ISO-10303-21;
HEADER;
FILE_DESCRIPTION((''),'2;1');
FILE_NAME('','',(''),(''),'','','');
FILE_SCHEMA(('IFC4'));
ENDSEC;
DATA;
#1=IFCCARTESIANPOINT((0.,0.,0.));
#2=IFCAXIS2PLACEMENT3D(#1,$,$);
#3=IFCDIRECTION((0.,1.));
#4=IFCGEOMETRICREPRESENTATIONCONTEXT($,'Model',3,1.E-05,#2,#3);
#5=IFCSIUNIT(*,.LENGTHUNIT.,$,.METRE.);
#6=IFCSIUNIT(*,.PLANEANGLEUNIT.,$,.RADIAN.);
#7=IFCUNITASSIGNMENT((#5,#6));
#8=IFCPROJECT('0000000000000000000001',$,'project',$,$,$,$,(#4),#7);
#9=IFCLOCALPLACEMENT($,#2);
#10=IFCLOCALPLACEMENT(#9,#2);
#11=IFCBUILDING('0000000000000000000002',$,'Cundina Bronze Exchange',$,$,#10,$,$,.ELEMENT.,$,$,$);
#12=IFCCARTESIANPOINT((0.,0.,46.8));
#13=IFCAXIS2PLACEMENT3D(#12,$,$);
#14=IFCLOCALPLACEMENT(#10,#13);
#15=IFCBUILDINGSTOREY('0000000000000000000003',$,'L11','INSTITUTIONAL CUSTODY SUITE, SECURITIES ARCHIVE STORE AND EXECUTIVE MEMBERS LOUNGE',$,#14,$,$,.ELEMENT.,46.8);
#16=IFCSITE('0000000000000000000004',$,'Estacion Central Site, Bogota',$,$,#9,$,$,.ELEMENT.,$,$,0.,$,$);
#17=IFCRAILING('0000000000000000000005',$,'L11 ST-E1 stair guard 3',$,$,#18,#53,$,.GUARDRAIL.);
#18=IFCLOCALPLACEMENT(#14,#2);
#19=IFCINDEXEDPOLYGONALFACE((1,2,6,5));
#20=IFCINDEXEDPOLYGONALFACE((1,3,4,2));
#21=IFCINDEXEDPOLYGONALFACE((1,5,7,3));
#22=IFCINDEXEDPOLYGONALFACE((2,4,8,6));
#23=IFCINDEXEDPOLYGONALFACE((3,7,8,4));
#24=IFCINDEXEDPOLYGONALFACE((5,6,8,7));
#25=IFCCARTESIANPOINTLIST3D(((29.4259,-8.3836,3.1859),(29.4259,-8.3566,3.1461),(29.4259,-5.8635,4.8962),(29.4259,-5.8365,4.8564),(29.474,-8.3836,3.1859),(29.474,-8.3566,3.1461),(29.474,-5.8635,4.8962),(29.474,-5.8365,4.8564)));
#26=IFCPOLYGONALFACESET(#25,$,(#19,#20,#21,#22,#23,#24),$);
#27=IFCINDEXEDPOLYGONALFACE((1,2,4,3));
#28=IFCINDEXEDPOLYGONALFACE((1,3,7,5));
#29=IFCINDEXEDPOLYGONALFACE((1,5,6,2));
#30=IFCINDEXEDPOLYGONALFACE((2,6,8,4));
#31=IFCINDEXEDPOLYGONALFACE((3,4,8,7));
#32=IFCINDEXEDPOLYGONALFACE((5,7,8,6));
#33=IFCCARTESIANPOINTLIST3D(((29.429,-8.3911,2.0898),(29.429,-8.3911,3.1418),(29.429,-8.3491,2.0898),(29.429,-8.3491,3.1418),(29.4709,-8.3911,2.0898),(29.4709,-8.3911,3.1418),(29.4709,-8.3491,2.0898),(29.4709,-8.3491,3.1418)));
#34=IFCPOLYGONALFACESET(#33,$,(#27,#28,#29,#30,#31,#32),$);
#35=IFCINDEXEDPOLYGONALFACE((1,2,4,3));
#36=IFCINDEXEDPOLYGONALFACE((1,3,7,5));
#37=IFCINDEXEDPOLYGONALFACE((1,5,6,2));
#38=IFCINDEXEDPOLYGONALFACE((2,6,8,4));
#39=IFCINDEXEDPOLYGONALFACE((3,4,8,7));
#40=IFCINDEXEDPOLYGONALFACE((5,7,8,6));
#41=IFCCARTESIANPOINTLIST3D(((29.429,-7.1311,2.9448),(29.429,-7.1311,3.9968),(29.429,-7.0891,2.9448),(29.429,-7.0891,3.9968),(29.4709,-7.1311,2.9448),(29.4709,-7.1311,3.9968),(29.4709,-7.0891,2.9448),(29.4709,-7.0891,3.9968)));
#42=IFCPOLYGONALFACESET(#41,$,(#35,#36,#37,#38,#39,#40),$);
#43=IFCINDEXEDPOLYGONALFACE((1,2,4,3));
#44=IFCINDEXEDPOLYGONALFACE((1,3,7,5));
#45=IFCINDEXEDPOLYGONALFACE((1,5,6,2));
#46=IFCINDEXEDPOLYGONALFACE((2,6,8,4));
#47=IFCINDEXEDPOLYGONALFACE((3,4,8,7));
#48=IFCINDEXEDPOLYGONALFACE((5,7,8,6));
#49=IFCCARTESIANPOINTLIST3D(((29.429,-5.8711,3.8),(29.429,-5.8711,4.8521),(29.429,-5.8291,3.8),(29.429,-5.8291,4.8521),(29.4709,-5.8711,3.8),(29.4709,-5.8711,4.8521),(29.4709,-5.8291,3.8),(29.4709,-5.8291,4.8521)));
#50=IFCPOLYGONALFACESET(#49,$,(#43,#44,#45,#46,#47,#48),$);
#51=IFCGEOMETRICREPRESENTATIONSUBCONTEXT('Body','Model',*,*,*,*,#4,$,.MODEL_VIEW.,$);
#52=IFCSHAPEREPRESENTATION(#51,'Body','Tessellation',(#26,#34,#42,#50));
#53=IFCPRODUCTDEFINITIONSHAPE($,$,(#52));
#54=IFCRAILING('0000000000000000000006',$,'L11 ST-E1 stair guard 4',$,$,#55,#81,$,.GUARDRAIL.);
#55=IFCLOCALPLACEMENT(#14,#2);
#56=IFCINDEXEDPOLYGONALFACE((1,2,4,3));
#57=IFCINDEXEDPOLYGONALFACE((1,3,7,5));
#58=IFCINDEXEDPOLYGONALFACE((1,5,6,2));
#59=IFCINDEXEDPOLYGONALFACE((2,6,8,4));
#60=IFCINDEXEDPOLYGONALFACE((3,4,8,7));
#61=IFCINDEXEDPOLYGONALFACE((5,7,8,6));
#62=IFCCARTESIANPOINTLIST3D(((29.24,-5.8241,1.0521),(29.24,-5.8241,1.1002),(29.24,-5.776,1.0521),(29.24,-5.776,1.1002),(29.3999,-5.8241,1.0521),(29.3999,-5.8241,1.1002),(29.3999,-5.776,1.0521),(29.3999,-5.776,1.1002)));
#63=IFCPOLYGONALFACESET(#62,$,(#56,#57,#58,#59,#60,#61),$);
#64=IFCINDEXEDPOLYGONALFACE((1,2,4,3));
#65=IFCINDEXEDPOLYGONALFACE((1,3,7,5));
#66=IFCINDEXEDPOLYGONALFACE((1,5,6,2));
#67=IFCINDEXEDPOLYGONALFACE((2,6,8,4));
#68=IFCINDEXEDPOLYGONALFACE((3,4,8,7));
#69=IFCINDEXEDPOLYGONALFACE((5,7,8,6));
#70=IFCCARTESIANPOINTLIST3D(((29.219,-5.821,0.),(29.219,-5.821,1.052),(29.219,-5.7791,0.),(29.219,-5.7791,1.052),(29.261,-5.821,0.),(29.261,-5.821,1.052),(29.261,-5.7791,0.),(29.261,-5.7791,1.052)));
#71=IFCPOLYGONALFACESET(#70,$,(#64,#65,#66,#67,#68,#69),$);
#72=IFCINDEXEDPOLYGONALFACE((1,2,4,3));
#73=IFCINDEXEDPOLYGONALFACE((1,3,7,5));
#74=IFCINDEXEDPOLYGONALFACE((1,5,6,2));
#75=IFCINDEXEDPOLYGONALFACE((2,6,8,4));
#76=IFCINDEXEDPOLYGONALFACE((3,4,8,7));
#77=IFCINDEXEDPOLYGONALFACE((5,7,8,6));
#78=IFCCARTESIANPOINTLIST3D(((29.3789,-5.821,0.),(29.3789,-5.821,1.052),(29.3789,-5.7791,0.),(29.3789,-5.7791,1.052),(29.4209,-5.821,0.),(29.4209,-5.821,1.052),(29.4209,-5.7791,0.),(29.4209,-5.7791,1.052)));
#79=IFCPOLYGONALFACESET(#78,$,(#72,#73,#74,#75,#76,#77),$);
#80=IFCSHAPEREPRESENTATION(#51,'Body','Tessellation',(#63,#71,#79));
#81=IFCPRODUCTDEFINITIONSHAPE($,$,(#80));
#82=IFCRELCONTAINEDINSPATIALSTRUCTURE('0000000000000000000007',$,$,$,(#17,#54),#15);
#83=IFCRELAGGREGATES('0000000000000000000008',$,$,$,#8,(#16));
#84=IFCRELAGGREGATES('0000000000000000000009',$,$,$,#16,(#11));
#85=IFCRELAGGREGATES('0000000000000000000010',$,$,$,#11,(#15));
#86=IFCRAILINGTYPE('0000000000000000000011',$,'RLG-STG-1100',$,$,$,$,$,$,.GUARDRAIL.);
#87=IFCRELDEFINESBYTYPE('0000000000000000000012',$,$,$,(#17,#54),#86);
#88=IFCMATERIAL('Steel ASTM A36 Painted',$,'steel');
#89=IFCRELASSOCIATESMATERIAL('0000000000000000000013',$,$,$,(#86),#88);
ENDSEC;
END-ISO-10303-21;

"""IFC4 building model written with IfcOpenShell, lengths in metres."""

from ifc_helpers import new_model, si_unit, direction, frame, origin, origin_2d, place, context, subcontext, project, spatial, rectangle, extrude, material, type_object, element, save


model = new_model("IFC4")

# Units and contexts
model_context = context("Model", 3, precision=1e-05, world=origin(), true_north=direction((0.0, 1.0)))
body_context = subcontext(model_context, "Body", "Model", "MODEL_VIEW")
ifc_project = project(units=[si_unit("LENGTHUNIT", "METRE"), si_unit("PLANEANGLEUNIT", "RADIAN")], contexts=[model_context])

# Site, building, storey
site_placement = place(None, origin())
site = spatial("IfcSite", under=ifc_project, at=site_placement, Name="Estacion Central Site, Bogota", CompositionType="ELEMENT", RefElevation=0.0)
building_placement = place(site_placement, origin())
building = spatial("IfcBuilding", under=site, at=building_placement, Name="Cundina Bronze Exchange", CompositionType="ELEMENT")
storey_placement = place(building_placement, frame((0.0, 0.0, 46.8)))
storey = spatial("IfcBuildingStorey", under=building, at=storey_placement, Name="L11", Description="INSTITUTIONAL CUSTODY SUITE, SECURITIES ARCHIVE STORE AND EXECUTIVE MEMBERS LOUNGE", CompositionType="ELEMENT", Elevation=46.8)

# Railings
ifc_material_1 = material(Name="Steel ASTM A36 Painted", Category="steel")
railing_type_1 = type_object("IfcRailingType", Name="RLG-STG-1100", PredefinedType="GUARDRAIL", material=ifc_material_1)
railing_1_placement = place(storey_placement, frame((29.45, -8.3701, 2.0898)))
element("IfcRailing", 1, at=railing_1_placement, inside=storey, type_object=railing_type_1, Name="L11 ST-E1 stair guard 3", PredefinedType="GUARDRAIL", context=body_context, shape_type="SweptSolid", body=[
    extrude(rectangle(XDim=0.0481, YDim=0.0481, at=origin_2d()), frame((0.0, 0.0, 1.0762), z_axis=(0.0, 0.827447, 0.561545), x_axis=(-1.0, 0.0, 0.0)), (0.0, 0.0, 1.0), 3.0457),
    extrude(rectangle(XDim=0.042, YDim=0.042, at=origin_2d()), origin(), (0.0, 0.0, 1.0), 1.052),
    extrude(rectangle(XDim=0.042, YDim=0.042, at=origin_2d()), frame((0.0, 1.26, 0.855)), (0.0, 0.0, 1.0), 1.052),
    extrude(rectangle(XDim=0.042, YDim=0.042, at=origin_2d()), frame((0.0, 2.52, 1.7102)), (0.0, 0.0, 1.0), 1.052),
])
railing_2_placement = place(storey_placement, frame((29.24, -5.8, 0.0)))
element("IfcRailing", 2, at=railing_2_placement, inside=storey, type_object=railing_type_1, Name="L11 ST-E1 stair guard 4", PredefinedType="GUARDRAIL", context=body_context, shape_type="SweptSolid", body=[
    extrude(rectangle(XDim=0.0481, YDim=0.0481, at=origin_2d()), frame((0.0, 0.0, 1.0762), z_axis=(1.0, 0.0, 0.0), x_axis=(0.0, 1.0, 0.0)), (0.0, 0.0, 1.0), 0.1599),
    extrude(rectangle(XDim=0.042, YDim=0.042, at=origin_2d()), origin(), (0.0, 0.0, 1.0), 1.052),
    extrude(rectangle(XDim=0.042, YDim=0.042, at=origin_2d()), frame((0.1599, 0.0, 0.0)), (0.0, 0.0, 1.0), 1.052),
])

save(model, "model.ifc")
